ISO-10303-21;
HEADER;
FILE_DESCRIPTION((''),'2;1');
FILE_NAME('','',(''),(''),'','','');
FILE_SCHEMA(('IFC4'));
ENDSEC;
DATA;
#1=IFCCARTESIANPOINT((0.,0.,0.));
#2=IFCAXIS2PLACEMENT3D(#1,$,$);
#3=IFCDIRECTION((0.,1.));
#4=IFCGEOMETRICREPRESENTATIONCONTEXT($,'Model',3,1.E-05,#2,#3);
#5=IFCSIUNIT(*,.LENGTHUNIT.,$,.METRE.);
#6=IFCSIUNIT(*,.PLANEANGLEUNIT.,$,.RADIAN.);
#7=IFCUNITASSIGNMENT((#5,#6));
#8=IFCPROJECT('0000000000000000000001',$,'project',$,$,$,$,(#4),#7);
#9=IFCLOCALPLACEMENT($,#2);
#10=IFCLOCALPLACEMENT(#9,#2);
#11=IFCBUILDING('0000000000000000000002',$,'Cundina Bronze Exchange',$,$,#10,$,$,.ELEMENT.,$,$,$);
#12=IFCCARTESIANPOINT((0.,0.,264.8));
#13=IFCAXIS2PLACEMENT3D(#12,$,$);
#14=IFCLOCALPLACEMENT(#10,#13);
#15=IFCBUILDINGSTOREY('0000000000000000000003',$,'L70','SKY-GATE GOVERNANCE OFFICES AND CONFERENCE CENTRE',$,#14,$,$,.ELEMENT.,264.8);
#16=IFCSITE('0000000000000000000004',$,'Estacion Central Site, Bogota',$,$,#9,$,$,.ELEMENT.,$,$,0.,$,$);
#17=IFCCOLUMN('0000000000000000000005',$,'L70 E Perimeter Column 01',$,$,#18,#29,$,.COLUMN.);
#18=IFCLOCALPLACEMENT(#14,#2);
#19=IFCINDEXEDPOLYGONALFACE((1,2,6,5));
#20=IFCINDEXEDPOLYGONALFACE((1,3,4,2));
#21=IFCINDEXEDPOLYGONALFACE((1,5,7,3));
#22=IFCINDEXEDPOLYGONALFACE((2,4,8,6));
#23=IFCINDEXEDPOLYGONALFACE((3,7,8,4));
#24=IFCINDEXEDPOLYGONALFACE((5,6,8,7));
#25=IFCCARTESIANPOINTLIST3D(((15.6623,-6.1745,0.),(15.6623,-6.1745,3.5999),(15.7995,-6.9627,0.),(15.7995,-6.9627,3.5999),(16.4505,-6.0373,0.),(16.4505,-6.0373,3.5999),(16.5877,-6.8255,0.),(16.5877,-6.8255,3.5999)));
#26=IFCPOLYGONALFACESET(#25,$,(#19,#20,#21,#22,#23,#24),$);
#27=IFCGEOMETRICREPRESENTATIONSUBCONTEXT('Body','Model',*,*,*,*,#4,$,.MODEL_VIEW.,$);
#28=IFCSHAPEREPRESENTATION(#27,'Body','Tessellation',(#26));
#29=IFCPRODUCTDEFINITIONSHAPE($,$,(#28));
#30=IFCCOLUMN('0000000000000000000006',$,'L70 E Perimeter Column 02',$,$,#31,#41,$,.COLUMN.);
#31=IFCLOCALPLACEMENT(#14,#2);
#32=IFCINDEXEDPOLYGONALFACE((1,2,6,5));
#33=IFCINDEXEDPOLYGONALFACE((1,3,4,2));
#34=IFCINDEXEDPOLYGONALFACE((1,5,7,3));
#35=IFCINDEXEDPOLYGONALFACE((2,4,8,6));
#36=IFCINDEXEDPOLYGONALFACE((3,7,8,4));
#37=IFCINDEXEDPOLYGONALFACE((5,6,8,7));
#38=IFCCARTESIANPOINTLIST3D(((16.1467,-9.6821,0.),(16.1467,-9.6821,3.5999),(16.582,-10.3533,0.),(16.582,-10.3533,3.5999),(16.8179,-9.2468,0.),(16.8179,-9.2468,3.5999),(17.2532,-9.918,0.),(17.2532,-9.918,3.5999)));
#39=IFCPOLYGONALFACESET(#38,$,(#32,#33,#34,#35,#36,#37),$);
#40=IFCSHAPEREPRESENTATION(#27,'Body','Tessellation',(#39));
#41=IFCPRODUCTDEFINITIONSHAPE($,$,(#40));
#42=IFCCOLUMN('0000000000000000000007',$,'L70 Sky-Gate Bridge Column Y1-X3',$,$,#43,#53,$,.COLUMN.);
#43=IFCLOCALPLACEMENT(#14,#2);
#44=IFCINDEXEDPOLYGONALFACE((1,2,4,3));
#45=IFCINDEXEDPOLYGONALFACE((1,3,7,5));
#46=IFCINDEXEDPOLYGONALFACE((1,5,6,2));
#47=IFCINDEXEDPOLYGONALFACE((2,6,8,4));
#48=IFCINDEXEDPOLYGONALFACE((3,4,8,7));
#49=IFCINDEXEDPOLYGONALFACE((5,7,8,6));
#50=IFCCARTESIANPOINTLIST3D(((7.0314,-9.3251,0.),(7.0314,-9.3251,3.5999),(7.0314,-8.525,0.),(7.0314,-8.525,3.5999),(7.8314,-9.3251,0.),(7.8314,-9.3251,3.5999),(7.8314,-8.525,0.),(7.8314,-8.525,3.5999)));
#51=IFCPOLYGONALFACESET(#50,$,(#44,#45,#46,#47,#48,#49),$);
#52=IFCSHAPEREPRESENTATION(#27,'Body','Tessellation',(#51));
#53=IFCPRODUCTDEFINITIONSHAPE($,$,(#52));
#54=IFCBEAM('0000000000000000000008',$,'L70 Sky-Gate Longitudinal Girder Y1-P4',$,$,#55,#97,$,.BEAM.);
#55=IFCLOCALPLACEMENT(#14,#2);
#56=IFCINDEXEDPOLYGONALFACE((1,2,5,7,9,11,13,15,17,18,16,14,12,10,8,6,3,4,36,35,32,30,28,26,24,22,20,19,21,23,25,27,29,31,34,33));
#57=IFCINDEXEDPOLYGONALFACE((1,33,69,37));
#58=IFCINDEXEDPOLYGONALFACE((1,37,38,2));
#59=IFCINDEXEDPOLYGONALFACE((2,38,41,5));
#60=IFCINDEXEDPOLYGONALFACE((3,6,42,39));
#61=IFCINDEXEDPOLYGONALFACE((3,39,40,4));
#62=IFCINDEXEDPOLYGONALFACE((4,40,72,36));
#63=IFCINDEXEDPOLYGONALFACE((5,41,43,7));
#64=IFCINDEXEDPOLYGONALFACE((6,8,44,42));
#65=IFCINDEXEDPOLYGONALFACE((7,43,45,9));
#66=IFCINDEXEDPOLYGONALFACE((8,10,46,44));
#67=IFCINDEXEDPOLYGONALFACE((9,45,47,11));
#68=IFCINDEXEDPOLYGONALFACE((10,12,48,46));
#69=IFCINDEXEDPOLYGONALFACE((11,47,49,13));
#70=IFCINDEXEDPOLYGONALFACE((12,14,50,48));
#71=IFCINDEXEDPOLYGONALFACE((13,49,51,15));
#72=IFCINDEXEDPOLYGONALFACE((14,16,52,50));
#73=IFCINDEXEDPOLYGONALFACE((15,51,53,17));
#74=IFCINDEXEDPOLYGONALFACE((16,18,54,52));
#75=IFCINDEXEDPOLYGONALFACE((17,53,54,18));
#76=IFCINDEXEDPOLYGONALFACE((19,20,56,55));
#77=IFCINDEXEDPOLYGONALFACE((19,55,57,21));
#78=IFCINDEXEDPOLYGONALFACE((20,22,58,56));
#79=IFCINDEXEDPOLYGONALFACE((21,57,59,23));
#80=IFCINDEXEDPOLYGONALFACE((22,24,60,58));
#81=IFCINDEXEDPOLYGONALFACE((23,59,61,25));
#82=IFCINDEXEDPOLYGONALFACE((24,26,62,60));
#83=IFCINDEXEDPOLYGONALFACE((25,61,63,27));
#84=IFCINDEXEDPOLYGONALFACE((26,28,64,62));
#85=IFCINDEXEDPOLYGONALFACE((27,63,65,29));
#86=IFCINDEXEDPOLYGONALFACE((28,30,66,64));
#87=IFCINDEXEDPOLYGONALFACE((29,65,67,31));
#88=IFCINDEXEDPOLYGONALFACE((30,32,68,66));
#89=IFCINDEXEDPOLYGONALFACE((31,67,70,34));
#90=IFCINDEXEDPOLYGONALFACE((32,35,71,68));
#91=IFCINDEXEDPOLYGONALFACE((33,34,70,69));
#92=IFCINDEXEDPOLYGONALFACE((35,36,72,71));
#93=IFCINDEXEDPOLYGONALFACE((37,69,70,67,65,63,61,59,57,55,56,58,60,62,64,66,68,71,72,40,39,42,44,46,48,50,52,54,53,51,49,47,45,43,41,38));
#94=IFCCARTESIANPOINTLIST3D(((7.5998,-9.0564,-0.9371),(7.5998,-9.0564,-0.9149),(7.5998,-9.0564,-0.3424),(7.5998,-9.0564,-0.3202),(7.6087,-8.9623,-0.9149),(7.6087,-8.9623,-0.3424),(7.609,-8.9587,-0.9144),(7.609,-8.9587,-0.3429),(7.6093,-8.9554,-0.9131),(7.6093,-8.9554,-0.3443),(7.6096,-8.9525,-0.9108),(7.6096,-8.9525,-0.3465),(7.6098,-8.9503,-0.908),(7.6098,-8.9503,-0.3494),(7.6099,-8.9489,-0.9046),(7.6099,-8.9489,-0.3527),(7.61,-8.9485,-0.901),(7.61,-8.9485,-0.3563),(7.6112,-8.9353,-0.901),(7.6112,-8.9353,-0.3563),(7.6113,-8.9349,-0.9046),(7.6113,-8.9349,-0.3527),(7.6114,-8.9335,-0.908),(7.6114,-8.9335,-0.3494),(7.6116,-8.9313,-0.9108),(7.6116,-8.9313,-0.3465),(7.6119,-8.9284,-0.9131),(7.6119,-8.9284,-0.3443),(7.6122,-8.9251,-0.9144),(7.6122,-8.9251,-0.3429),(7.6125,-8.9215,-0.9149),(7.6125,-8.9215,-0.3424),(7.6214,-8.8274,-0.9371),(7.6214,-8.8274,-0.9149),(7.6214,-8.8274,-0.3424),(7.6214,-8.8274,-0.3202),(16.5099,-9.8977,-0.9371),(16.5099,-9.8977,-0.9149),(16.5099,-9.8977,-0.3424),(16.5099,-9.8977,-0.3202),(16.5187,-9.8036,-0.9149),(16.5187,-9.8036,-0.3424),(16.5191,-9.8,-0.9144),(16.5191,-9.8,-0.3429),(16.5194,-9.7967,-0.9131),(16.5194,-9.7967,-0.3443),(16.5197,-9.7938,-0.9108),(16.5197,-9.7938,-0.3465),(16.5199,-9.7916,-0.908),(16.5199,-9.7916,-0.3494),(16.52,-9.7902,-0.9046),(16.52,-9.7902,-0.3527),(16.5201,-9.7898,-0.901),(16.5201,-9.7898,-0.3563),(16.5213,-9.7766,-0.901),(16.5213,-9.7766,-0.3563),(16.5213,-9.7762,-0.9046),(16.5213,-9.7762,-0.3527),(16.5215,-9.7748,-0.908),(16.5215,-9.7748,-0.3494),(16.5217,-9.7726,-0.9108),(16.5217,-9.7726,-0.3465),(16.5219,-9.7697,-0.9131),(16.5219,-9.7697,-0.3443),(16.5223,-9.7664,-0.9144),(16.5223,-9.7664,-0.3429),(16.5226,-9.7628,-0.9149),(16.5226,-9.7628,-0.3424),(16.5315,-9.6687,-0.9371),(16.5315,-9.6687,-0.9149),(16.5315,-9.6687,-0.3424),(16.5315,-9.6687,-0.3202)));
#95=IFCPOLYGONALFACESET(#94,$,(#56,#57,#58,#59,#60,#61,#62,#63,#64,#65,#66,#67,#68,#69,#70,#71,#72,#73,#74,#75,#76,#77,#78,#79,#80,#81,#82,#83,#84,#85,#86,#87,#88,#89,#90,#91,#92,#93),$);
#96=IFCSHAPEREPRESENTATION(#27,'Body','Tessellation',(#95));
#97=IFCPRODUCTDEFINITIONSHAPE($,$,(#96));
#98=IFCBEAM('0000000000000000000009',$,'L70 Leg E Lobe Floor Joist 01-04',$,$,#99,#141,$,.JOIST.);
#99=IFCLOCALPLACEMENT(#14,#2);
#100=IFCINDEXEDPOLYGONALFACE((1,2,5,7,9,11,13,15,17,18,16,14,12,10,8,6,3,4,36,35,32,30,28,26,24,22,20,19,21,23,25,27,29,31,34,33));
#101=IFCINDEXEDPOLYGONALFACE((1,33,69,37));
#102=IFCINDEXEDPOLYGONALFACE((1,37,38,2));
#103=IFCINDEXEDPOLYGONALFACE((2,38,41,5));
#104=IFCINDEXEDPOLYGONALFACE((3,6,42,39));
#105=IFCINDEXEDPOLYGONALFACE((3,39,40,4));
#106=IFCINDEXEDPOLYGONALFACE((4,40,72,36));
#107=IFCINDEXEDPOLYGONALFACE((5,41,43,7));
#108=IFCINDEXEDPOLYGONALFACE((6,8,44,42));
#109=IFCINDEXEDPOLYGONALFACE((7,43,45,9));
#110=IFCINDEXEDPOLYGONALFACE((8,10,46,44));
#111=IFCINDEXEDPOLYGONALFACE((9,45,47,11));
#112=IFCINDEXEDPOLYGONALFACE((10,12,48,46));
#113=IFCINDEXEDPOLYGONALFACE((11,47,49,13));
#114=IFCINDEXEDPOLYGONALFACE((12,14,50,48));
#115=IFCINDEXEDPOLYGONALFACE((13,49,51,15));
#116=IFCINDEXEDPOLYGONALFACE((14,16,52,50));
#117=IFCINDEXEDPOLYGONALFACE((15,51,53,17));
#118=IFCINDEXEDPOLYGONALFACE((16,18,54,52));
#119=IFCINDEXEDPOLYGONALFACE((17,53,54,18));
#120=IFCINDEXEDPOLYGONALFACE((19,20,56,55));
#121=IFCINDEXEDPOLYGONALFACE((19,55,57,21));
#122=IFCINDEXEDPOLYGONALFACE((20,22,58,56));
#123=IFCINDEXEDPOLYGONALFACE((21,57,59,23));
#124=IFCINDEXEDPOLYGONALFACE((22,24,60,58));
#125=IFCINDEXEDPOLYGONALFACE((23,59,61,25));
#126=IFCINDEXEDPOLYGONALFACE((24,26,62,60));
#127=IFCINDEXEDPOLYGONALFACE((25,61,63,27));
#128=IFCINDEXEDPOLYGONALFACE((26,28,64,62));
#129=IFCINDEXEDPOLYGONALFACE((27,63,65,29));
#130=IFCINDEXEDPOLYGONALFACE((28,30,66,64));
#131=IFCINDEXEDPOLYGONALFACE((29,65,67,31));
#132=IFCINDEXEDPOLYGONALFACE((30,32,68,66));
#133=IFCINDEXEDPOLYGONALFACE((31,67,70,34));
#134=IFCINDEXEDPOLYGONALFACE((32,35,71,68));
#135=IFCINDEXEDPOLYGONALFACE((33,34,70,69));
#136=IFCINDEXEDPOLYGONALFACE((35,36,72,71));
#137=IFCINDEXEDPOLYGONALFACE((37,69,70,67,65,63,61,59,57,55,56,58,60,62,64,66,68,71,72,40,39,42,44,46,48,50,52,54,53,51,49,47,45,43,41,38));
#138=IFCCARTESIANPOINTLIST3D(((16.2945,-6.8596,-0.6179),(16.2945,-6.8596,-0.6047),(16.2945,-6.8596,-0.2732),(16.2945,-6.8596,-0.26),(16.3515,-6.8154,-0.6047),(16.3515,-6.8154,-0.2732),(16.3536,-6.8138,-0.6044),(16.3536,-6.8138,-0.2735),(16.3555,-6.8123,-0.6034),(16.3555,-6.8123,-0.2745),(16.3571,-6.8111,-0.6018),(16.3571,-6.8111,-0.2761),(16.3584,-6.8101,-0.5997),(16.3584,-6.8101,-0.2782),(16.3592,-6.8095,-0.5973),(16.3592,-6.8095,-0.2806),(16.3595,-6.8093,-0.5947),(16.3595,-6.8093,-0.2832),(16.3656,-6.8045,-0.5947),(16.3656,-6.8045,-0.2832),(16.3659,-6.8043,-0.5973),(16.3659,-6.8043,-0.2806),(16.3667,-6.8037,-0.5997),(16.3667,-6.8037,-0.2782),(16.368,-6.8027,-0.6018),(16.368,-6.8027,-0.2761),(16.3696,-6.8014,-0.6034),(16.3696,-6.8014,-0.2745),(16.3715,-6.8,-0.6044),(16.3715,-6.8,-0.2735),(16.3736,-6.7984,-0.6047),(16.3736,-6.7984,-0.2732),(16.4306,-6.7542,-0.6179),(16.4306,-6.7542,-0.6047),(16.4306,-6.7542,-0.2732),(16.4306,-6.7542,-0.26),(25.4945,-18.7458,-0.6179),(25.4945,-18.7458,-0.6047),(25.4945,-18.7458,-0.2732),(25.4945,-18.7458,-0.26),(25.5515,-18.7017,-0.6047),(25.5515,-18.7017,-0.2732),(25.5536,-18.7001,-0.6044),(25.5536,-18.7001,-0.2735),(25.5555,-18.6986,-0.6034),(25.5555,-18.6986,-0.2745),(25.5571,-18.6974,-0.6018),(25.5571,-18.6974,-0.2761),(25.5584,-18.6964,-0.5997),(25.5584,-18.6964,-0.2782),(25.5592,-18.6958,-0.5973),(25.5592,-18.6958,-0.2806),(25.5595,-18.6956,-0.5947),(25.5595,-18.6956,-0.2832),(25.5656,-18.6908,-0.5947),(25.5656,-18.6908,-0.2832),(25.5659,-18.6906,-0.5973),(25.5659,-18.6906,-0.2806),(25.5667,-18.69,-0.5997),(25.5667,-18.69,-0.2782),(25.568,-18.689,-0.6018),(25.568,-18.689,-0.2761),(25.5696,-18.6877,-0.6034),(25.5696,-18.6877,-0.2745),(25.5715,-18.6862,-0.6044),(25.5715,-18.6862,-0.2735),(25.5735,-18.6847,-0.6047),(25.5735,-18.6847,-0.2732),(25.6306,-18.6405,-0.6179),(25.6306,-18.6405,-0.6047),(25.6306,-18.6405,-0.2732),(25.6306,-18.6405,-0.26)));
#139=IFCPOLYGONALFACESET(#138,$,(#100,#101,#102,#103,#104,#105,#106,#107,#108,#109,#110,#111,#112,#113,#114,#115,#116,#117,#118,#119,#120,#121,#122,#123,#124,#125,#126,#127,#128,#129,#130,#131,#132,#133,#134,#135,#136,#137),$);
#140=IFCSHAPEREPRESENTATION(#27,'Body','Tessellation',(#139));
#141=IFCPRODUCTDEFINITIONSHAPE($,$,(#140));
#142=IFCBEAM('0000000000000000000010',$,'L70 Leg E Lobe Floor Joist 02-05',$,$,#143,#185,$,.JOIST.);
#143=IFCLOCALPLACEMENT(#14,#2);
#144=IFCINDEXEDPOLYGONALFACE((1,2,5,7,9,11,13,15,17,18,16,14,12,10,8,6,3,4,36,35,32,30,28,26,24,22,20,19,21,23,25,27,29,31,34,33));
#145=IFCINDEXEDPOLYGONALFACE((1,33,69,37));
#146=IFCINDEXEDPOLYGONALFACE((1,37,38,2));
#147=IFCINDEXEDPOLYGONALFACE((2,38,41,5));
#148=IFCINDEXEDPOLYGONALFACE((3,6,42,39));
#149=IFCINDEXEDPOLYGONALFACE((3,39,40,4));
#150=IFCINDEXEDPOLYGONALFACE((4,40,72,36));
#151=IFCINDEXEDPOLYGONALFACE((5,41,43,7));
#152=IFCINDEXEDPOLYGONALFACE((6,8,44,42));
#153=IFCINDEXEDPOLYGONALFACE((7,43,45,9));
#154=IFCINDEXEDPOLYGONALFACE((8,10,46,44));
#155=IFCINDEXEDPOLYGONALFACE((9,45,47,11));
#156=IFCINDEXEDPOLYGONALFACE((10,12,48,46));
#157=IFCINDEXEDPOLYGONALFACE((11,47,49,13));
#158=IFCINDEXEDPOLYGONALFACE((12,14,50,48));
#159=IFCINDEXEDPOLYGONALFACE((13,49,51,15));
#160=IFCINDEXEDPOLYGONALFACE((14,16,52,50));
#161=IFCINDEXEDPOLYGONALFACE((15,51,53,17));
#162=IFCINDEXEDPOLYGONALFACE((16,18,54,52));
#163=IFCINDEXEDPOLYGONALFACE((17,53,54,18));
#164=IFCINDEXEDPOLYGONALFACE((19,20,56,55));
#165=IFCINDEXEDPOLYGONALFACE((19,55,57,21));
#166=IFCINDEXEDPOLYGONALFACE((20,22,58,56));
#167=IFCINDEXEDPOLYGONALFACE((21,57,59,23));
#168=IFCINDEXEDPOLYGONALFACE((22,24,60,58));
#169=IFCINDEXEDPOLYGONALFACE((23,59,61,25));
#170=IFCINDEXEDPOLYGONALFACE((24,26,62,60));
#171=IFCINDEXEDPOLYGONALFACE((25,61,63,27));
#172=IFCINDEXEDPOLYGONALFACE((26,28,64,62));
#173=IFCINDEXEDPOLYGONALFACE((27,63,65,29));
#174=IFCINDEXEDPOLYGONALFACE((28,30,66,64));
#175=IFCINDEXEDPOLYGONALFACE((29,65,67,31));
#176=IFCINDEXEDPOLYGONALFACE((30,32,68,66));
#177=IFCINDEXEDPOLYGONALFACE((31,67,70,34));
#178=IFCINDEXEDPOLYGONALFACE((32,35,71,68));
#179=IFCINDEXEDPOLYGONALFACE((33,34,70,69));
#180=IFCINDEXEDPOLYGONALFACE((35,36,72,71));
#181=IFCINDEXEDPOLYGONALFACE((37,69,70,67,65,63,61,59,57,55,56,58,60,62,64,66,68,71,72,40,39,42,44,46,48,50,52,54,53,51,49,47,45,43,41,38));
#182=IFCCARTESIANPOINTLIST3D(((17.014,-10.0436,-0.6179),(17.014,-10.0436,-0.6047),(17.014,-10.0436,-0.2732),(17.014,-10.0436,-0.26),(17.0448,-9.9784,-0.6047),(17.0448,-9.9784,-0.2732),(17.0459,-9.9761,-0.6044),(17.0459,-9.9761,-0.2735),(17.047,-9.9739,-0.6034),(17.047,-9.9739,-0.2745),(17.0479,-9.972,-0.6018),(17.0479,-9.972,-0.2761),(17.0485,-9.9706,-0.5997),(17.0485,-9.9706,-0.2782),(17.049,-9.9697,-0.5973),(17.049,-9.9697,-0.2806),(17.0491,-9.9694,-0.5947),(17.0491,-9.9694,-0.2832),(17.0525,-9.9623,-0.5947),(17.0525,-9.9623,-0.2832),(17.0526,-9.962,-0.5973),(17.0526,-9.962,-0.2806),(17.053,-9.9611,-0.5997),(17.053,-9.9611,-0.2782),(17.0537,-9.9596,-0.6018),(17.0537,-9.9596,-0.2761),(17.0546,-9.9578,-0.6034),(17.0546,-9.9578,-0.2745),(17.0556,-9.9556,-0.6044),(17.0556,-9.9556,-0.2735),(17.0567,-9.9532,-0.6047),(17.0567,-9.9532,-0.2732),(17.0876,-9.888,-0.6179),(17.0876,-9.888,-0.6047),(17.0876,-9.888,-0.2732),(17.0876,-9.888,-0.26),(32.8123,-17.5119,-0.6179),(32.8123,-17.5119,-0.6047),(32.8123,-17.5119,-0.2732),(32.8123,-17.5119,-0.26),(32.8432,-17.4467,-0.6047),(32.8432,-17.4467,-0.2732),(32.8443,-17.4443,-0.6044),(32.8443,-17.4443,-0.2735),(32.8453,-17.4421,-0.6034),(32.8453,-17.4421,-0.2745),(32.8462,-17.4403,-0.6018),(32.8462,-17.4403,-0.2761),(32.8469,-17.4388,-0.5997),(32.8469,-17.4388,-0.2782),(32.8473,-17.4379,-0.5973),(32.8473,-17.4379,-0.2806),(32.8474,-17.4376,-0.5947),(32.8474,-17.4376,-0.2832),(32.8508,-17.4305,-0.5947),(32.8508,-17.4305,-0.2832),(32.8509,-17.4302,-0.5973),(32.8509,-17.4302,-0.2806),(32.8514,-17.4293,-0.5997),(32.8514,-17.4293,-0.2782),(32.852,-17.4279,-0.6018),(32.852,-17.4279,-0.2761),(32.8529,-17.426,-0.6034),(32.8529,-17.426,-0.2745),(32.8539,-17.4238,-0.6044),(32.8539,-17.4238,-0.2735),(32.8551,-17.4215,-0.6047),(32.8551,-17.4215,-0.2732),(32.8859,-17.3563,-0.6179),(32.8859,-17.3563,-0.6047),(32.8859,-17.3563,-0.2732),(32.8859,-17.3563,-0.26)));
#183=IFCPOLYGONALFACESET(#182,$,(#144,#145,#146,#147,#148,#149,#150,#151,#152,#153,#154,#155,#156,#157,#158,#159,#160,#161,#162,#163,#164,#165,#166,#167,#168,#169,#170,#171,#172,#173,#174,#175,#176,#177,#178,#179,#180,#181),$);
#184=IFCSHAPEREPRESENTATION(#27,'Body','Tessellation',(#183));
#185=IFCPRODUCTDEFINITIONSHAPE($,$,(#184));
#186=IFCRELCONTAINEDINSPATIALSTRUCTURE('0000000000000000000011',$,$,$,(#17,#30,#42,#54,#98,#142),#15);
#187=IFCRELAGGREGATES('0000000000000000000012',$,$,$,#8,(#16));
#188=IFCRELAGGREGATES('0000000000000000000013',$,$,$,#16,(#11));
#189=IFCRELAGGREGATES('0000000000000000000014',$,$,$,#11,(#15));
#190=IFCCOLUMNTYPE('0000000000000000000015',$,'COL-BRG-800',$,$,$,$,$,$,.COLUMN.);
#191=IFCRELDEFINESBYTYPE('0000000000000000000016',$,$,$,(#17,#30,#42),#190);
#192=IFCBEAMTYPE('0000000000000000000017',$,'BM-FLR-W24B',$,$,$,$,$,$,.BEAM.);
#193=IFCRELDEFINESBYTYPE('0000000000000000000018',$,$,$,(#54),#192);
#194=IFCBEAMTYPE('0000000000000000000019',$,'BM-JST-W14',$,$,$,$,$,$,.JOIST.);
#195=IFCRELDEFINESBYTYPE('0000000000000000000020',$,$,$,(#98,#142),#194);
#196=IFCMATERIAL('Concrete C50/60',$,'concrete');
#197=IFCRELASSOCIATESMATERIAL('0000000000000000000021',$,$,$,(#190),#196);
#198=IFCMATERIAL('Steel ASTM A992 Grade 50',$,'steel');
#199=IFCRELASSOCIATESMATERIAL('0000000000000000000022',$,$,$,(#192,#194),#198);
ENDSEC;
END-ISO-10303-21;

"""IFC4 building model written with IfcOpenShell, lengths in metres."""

from ifc_helpers import new_model, si_unit, direction, frame, origin, origin_2d, place, context, subcontext, project, spatial, rectangle, i_section, extrude, material, material_profile, profile_set, type_object, element, save


model = new_model("IFC4")

# Units and contexts
model_context = context("Model", 3, precision=1e-05, world=origin(), true_north=direction((0.0, 1.0)))
body_context = subcontext(model_context, "Body", "Model", "MODEL_VIEW")
ifc_project = project(units=[si_unit("LENGTHUNIT", "METRE"), si_unit("PLANEANGLEUNIT", "RADIAN")], contexts=[model_context])

# Site, building, storey
site_placement = place(None, origin())
site = spatial("IfcSite", under=ifc_project, at=site_placement, Name="Estacion Central Site, Bogota", CompositionType="ELEMENT", RefElevation=0.0)
building_placement = place(site_placement, origin())
building = spatial("IfcBuilding", under=site, at=building_placement, Name="Cundina Bronze Exchange", CompositionType="ELEMENT")
storey_placement = place(building_placement, frame((0.0, 0.0, 264.8)))
storey = spatial("IfcBuildingStorey", under=building, at=storey_placement, Name="L70", Description="SKY-GATE GOVERNANCE OFFICES AND CONFERENCE CENTRE", CompositionType="ELEMENT", Elevation=264.8)

# Columns
ifc_material_1 = material(Name="Concrete C50/60", Category="concrete")
ifc_material_profile_1 = material_profile(ifc_material_1, rectangle(XDim=0.8, YDim=0.8, at=origin_2d()), Name="RC800X800", Category="concrete")
ifc_profile_set_1 = profile_set([ifc_material_profile_1], Name="Concrete C50/60")
column_type = type_object("IfcColumnType", Name="COL-BRG-800", PredefinedType="COLUMN", material=ifc_profile_set_1)
for number, where, z_axis, x_axis, name in (
    (1, (16.125, -6.5, 0.0), (0.0, 0.0, 1.0), (0.171585, -0.985169, 0.0), "L70 E Perimeter Column 01"),
    (2, (16.7, -9.8, 0.0), (0.0, 0.0, 1.0), (0.5442, -0.838956, 0.0), "L70 E Perimeter Column 02"),
    (3, (7.4314, -8.925, 0.0), (0.0, 0.0, 1.0), (1.0, 0.0, 0.0), "L70 Sky-Gate Bridge Column Y1-X3"),
):
    element("IfcColumn", number, at=place(storey_placement, frame(where, z_axis=z_axis, x_axis=x_axis)), inside=storey, type_object=column_type, Name=name, PredefinedType="COLUMN", context=body_context, shape_type="SweptSolid", body=[
        extrude(rectangle(XDim=0.8, YDim=0.8, at=origin_2d()), origin(), (0.0, 0.0, 1.0), 3.5999),
    ])

# Beams
ifc_material_2 = material(Name="Steel ASTM A992 Grade 50", Category="steel")
ifc_material_profile_2 = material_profile(ifc_material_2, i_section(OverallWidth=0.23, OverallDepth=0.6169, WebThickness=0.0132, FlangeThickness=0.0222, FilletRadius=0.0139, at=origin_2d()), Name="W24X94", Category="steel")
ifc_profile_set_2 = profile_set([ifc_material_profile_2], Name="Steel ASTM A992 Grade 50")
beam_type_1 = type_object("IfcBeamType", Name="BM-FLR-W24B", PredefinedType="BEAM", material=ifc_profile_set_2)
beam_1_placement = place(storey_placement, frame((7.6106, -8.9419, -0.6287), z_axis=(0.995572, -0.094003, 0.0), x_axis=(0.094003, 0.995572, 0.0)))
element("IfcBeam", 4, at=beam_1_placement, inside=storey, type_object=beam_type_1, Name="L70 Sky-Gate Longitudinal Girder Y1-P4", PredefinedType="BEAM", context=body_context, shape_type="SweptSolid", body=[
    extrude(i_section(OverallWidth=0.23, OverallDepth=0.6169, WebThickness=0.0132, FlangeThickness=0.0222, FilletRadius=0.0139, at=origin_2d()), origin(), (0.0, 0.0, 1.0), 8.9497),
])
ifc_material_profile_3 = material_profile(ifc_material_2, i_section(OverallWidth=0.1721, OverallDepth=0.3579, WebThickness=0.0078, FlangeThickness=0.0132, FilletRadius=0.01, at=origin_2d()), Name="W14X38", Category="steel")
ifc_profile_set_3 = profile_set([ifc_material_profile_3], Name="Steel ASTM A992 Grade 50")
beam_type_2 = type_object("IfcBeamType", Name="BM-JST-W14", PredefinedType="JOIST", material=ifc_profile_set_3)
beam_2_placement = place(storey_placement, frame((16.3625, -6.8069, -0.439), z_axis=(0.612078, -0.790798, 0.0), x_axis=(0.790798, 0.612078, 0.0)))
element("IfcBeam", 5, at=beam_2_placement, inside=storey, type_object=beam_type_2, Name="L70 Leg E Lobe Floor Joist 01-04", PredefinedType="JOIST", context=body_context, shape_type="SweptSolid", body=[
    extrude(i_section(OverallWidth=0.1721, OverallDepth=0.3579, WebThickness=0.0078, FlangeThickness=0.0132, FilletRadius=0.01, at=origin_2d()), origin(), (0.0, 0.0, 1.0), 15.0308),
])
beam_3_placement = place(storey_placement, frame((17.0508, -9.9658, -0.439), z_axis=(0.904073, -0.427378, 0.0), x_axis=(0.427378, 0.904073, 0.0)))
element("IfcBeam", 6, at=beam_3_placement, inside=storey, type_object=beam_type_2, Name="L70 Leg E Lobe Floor Joist 02-05", PredefinedType="JOIST", context=body_context, shape_type="SweptSolid", body=[
    extrude(i_section(OverallWidth=0.1721, OverallDepth=0.3579, WebThickness=0.0078, FlangeThickness=0.0132, FilletRadius=0.01, at=origin_2d()), origin(), (0.0, 0.0, 1.0), 17.4746),
])

save(model, "model.ifc")
